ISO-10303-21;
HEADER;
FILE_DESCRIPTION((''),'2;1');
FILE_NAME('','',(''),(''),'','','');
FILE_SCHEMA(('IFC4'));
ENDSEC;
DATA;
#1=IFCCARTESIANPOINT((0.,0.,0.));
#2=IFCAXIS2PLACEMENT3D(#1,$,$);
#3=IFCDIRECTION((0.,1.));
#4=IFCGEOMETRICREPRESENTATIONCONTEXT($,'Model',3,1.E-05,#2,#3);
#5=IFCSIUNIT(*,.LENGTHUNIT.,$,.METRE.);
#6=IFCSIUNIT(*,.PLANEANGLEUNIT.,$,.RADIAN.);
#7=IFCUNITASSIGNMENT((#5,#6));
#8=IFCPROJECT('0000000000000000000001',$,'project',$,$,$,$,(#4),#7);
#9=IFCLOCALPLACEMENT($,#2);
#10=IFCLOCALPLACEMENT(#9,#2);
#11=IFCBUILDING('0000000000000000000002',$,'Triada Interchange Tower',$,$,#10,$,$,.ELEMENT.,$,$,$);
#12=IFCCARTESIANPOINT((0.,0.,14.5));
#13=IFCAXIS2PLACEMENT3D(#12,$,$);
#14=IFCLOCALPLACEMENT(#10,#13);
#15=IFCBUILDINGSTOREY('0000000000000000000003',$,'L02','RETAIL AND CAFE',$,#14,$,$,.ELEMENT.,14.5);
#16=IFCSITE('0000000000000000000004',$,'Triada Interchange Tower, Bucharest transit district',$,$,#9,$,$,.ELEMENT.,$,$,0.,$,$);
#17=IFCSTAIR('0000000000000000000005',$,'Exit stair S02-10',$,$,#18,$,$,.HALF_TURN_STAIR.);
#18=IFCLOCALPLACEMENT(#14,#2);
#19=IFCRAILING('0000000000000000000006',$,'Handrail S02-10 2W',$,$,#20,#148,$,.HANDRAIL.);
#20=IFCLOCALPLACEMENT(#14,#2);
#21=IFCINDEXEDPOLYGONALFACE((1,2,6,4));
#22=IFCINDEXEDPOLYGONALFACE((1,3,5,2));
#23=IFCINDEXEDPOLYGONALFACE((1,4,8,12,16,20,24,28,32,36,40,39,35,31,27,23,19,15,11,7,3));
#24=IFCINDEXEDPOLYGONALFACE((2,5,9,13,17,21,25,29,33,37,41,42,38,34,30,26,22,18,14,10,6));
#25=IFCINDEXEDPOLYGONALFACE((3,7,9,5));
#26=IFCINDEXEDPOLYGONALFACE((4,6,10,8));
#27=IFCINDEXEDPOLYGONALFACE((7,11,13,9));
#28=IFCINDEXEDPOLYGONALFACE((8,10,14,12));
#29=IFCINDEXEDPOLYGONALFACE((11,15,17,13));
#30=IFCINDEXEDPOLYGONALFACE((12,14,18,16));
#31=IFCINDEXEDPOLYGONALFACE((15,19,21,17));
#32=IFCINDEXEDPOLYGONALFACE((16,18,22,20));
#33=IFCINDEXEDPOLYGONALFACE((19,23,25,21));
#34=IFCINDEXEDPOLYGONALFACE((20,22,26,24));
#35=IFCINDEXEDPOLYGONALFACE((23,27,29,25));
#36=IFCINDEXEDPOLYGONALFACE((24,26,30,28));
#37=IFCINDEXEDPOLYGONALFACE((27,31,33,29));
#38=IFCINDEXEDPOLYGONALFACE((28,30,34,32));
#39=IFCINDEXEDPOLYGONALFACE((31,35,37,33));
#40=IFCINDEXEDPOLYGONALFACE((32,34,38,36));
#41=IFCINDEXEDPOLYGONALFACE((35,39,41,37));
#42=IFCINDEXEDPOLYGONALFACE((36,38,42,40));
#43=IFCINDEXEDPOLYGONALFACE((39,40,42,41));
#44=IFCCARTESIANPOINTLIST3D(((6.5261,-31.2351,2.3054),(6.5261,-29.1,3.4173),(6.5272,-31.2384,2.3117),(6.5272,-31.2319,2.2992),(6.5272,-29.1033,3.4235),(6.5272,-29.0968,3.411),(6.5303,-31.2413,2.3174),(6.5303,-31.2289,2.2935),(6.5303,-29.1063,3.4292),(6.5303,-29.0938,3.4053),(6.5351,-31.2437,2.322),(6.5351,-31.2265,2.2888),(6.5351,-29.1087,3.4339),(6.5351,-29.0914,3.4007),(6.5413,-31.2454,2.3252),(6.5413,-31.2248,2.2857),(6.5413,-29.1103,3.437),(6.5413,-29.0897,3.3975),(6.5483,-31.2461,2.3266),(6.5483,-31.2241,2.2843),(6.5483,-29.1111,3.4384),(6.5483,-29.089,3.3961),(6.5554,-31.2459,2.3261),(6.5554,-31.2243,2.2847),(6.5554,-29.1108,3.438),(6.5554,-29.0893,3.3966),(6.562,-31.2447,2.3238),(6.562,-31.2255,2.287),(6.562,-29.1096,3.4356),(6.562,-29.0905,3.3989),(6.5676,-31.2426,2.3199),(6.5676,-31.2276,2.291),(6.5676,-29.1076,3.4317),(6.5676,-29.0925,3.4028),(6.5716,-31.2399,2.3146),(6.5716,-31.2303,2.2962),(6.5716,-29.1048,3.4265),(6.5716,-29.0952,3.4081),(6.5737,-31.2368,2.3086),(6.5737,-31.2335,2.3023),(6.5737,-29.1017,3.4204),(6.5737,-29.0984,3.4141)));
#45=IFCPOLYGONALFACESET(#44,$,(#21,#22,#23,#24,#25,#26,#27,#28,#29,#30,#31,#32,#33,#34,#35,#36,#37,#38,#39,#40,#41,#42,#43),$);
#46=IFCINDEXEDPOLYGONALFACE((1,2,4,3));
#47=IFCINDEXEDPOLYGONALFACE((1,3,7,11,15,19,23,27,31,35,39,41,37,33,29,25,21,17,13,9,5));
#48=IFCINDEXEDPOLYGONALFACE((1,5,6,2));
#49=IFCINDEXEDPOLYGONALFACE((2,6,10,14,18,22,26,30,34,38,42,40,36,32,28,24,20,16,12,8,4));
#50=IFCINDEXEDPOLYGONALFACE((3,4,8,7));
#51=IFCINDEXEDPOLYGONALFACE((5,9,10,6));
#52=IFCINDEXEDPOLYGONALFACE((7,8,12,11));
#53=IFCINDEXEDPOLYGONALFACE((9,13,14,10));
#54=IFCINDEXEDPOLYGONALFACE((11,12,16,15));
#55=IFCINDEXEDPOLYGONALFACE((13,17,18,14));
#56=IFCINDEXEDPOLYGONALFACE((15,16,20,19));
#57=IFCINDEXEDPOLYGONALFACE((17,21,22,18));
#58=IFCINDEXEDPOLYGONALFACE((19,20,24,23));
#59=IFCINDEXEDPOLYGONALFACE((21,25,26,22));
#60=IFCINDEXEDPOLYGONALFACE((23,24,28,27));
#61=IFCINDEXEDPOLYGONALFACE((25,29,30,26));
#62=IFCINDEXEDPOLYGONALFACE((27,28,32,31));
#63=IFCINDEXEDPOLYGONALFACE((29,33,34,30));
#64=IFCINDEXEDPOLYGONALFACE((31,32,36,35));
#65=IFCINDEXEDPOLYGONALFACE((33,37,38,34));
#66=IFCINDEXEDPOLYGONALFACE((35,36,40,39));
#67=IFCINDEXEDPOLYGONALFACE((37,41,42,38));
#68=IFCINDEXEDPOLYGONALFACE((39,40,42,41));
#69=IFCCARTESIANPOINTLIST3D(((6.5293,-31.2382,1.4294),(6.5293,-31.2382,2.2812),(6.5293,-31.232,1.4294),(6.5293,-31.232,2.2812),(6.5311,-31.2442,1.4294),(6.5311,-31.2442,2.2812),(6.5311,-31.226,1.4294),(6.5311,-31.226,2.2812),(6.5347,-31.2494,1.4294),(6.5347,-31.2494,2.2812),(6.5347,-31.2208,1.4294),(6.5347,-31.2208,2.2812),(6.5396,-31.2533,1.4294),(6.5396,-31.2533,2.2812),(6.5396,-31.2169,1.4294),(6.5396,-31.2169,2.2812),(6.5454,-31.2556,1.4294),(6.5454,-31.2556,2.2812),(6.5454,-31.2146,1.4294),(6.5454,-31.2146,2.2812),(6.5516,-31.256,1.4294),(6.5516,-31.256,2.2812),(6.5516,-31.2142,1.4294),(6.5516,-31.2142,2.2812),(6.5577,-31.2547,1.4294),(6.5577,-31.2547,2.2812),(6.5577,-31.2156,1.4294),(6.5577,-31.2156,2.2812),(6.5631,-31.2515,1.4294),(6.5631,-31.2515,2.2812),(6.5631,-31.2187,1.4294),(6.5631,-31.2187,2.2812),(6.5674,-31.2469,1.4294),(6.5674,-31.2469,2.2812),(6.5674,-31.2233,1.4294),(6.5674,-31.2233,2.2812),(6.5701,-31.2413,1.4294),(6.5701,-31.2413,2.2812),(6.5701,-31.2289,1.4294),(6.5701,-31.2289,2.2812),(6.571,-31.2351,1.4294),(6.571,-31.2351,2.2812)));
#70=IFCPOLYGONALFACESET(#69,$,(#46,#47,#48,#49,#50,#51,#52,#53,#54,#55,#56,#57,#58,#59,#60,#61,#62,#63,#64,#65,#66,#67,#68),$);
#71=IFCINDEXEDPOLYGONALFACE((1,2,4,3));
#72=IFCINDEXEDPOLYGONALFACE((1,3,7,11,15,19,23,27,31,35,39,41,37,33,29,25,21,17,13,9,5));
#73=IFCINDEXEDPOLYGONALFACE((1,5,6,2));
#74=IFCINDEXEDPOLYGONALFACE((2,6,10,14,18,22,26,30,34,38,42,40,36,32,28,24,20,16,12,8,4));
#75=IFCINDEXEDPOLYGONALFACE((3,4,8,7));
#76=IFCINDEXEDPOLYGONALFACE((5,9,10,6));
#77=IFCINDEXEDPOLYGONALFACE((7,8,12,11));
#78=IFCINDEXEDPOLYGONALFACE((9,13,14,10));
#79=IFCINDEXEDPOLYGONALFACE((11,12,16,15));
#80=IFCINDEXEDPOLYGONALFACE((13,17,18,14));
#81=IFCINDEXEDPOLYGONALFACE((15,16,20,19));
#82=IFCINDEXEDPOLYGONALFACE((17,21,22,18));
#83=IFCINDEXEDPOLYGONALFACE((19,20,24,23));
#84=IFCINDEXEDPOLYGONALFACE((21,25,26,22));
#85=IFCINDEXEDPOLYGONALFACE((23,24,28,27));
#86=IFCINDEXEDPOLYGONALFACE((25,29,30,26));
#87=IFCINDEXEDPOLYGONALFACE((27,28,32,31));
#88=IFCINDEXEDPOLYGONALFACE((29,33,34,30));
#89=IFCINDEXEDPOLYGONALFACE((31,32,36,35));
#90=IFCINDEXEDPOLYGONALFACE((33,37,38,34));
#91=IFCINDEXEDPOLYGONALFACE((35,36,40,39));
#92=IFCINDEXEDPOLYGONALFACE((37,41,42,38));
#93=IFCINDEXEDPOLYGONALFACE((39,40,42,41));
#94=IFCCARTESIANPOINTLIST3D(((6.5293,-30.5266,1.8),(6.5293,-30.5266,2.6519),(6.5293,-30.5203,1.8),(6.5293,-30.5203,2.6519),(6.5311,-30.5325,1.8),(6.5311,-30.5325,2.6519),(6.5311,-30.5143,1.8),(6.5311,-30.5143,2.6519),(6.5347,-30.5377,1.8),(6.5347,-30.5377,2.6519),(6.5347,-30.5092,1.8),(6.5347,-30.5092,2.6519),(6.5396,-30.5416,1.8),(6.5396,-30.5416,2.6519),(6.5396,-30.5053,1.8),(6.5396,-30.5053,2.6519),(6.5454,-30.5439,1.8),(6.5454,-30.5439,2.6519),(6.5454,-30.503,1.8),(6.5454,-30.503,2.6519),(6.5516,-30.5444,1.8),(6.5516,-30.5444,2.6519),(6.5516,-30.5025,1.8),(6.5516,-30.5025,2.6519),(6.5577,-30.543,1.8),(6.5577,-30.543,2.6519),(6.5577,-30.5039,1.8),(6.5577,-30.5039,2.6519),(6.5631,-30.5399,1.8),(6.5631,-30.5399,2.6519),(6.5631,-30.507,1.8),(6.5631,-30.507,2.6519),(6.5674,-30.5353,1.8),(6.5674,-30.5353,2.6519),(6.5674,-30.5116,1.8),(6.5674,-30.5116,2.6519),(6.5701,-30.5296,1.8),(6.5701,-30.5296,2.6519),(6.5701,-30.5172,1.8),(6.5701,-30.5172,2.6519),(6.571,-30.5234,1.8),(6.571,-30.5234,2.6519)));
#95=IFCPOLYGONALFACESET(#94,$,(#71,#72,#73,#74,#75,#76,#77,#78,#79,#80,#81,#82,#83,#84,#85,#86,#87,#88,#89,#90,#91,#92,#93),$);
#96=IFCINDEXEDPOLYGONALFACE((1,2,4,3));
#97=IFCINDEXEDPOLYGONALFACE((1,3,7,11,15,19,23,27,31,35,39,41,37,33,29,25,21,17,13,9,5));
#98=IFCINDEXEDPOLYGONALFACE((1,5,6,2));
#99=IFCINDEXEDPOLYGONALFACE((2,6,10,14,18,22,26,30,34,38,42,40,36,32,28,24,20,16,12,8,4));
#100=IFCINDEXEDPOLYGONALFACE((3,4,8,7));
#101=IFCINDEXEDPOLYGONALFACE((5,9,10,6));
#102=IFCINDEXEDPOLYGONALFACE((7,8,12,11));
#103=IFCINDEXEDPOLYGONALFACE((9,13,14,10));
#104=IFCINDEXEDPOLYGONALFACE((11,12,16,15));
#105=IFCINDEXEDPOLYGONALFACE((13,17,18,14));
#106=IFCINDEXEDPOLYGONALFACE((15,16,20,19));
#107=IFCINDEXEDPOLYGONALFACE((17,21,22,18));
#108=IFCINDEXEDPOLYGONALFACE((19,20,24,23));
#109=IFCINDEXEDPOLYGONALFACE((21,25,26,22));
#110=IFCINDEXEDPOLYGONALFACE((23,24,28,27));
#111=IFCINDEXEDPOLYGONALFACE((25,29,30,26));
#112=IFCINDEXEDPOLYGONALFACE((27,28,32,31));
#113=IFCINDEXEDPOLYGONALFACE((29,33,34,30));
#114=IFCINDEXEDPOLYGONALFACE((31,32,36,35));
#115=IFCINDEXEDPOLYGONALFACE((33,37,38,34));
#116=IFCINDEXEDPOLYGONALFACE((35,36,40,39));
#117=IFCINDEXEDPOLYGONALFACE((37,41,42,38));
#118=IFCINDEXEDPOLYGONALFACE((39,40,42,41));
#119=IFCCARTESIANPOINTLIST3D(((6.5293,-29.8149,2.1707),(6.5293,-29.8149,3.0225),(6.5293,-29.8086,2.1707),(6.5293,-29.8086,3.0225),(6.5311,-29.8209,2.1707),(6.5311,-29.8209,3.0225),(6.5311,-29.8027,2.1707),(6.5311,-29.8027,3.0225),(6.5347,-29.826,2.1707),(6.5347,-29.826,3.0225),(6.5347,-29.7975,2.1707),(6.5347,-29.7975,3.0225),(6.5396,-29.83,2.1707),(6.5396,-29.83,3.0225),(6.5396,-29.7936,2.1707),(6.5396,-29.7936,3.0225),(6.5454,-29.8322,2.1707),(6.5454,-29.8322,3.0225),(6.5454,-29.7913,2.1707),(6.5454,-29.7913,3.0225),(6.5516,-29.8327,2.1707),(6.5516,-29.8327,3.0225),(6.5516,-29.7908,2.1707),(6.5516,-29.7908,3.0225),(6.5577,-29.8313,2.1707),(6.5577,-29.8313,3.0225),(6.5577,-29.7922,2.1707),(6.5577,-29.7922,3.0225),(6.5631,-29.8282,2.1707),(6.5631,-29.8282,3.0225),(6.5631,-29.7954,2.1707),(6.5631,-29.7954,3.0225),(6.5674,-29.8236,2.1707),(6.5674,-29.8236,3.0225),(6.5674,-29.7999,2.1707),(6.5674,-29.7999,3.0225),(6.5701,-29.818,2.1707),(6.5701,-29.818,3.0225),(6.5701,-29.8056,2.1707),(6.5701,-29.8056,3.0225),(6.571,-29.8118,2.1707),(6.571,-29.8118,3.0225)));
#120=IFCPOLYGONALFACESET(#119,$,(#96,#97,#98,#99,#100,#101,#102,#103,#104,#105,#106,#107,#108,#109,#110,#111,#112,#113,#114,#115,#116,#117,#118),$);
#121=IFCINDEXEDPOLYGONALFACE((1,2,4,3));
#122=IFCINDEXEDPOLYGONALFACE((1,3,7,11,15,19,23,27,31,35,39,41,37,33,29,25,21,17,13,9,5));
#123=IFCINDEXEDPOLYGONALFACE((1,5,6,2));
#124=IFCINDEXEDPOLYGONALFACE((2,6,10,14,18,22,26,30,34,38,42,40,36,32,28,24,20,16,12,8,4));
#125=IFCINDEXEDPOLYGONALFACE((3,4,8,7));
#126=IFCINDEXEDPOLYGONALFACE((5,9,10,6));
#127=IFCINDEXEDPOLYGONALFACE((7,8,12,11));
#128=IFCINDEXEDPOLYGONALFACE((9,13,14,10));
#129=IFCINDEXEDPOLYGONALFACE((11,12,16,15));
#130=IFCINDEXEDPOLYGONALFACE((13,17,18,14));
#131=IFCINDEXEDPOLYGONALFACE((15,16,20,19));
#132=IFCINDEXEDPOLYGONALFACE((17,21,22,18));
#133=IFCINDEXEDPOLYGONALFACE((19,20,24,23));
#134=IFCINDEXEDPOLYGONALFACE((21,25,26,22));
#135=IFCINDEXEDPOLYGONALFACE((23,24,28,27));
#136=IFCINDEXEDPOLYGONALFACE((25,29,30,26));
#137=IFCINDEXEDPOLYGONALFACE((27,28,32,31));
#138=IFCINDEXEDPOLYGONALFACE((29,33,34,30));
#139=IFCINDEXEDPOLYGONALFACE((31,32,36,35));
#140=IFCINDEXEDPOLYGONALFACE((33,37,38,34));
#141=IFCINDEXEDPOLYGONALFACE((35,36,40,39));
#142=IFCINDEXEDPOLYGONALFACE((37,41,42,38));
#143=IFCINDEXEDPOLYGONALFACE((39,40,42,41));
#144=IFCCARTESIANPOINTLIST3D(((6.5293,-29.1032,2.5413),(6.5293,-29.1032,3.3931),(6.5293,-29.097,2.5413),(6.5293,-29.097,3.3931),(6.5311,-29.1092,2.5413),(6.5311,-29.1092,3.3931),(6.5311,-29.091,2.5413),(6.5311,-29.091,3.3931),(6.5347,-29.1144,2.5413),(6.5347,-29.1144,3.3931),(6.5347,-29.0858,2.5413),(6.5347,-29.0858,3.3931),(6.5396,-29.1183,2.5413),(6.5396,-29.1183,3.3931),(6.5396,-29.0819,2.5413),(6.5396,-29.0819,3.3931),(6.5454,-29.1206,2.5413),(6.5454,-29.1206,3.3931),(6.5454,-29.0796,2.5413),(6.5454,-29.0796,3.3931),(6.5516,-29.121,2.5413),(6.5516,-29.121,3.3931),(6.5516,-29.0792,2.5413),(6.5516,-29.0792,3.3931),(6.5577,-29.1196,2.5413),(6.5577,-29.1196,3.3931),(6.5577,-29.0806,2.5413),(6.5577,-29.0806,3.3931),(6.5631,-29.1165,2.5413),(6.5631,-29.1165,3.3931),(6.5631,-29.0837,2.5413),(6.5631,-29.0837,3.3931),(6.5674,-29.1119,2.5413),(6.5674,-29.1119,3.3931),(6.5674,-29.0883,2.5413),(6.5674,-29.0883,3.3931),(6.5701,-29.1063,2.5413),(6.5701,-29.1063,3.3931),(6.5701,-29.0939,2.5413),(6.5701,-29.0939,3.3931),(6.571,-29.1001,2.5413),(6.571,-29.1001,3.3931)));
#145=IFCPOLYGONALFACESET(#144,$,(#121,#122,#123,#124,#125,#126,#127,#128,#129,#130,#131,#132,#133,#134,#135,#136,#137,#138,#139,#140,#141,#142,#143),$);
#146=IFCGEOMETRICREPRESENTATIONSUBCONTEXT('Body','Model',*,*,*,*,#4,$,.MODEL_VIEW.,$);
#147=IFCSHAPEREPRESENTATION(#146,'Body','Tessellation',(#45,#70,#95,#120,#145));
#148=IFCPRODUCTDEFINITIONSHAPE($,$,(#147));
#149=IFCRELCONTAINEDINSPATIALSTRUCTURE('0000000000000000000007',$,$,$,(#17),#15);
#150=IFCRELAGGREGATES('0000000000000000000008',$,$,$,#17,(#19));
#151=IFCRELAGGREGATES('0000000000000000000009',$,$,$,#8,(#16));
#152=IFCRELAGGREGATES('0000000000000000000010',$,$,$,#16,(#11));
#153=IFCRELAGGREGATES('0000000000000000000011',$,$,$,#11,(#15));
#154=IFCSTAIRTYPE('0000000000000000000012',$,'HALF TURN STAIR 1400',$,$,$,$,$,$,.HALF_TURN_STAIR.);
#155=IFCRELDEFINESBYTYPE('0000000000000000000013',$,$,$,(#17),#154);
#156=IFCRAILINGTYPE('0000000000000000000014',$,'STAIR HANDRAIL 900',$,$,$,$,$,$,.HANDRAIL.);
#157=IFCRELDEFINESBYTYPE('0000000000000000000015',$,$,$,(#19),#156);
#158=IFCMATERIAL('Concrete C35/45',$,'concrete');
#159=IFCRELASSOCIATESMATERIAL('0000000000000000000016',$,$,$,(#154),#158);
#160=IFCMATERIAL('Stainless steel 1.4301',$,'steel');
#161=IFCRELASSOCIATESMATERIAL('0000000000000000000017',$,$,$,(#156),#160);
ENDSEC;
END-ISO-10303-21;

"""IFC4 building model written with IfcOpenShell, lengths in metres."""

from ifc_helpers import new_model, si_unit, direction, frame, origin, origin_2d, place, context, subcontext, project, spatial, circle, extrude, material, type_object, element, aggregate, save


model = new_model("IFC4")

# Units and contexts
model_context = context("Model", 3, precision=1e-05, world=origin(), true_north=direction((0.0, 1.0)))
body_context = subcontext(model_context, "Body", "Model", "MODEL_VIEW")
ifc_project = project(units=[si_unit("LENGTHUNIT", "METRE"), si_unit("PLANEANGLEUNIT", "RADIAN")], contexts=[model_context])

# Site, building, storey
site_placement = place(None, origin())
site = spatial("IfcSite", under=ifc_project, at=site_placement, Name="Triada Interchange Tower, Bucharest transit district", CompositionType="ELEMENT", RefElevation=0.0)
building_placement = place(site_placement, origin())
building = spatial("IfcBuilding", under=site, at=building_placement, Name="Triada Interchange Tower", CompositionType="ELEMENT")
storey_placement = place(building_placement, frame((0.0, 0.0, 14.5)))
storey = spatial("IfcBuildingStorey", under=building, at=storey_placement, Name="L02", Description="RETAIL AND CAFE", CompositionType="ELEMENT", Elevation=14.5)

# Shared definitions
ifc_material_1 = material(Name="Concrete C35/45", Category="concrete")

# Stair, railing
stair_type = type_object("IfcStairType", Name="HALF TURN STAIR 1400", PredefinedType="HALF_TURN_STAIR", material=ifc_material_1)
stair_placement = place(storey_placement, origin())
stair = element("IfcStair", 1, at=stair_placement, inside=storey, type_object=stair_type, Name="Exit stair S02-10", PredefinedType="HALF_TURN_STAIR")
ifc_material_2 = material(Name="Stainless steel 1.4301", Category="steel")
railing_type_1 = type_object("IfcRailingType", Name="STAIR HANDRAIL 900", PredefinedType="HANDRAIL", material=ifc_material_2)
railing_1_placement = place(storey_placement, frame((6.55, -31.2351, 1.4294)))
railing_1 = element("IfcRailing", 2, at=railing_1_placement, type_object=railing_type_1, Name="Handrail S02-10 2W", PredefinedType="HANDRAIL", context=body_context, shape_type="SweptSolid", body=[
    extrude(circle(Radius=0.0239, at=origin_2d()), frame((0.0, 0.0, 0.876), z_axis=(0.0, 0.886943, 0.46188), x_axis=(-1.0, 0.0, 0.0)), (0.0, 0.0, 1.0), 2.4072),
    extrude(circle(Radius=0.021, at=origin_2d()), origin(), (0.0, 0.0, 1.0), 0.8518),
    extrude(circle(Radius=0.021, at=origin_2d()), frame((0.0, 0.7117, 0.3706)), (0.0, 0.0, 1.0), 0.8518),
    extrude(circle(Radius=0.021, at=origin_2d()), frame((0.0, 1.4233, 0.7412)), (0.0, 0.0, 1.0), 0.8518),
    extrude(circle(Radius=0.021, at=origin_2d()), frame((0.0, 2.135, 1.1118)), (0.0, 0.0, 1.0), 0.8518),
])
aggregate(stair, [railing_1])

save(model, "model.ifc")
